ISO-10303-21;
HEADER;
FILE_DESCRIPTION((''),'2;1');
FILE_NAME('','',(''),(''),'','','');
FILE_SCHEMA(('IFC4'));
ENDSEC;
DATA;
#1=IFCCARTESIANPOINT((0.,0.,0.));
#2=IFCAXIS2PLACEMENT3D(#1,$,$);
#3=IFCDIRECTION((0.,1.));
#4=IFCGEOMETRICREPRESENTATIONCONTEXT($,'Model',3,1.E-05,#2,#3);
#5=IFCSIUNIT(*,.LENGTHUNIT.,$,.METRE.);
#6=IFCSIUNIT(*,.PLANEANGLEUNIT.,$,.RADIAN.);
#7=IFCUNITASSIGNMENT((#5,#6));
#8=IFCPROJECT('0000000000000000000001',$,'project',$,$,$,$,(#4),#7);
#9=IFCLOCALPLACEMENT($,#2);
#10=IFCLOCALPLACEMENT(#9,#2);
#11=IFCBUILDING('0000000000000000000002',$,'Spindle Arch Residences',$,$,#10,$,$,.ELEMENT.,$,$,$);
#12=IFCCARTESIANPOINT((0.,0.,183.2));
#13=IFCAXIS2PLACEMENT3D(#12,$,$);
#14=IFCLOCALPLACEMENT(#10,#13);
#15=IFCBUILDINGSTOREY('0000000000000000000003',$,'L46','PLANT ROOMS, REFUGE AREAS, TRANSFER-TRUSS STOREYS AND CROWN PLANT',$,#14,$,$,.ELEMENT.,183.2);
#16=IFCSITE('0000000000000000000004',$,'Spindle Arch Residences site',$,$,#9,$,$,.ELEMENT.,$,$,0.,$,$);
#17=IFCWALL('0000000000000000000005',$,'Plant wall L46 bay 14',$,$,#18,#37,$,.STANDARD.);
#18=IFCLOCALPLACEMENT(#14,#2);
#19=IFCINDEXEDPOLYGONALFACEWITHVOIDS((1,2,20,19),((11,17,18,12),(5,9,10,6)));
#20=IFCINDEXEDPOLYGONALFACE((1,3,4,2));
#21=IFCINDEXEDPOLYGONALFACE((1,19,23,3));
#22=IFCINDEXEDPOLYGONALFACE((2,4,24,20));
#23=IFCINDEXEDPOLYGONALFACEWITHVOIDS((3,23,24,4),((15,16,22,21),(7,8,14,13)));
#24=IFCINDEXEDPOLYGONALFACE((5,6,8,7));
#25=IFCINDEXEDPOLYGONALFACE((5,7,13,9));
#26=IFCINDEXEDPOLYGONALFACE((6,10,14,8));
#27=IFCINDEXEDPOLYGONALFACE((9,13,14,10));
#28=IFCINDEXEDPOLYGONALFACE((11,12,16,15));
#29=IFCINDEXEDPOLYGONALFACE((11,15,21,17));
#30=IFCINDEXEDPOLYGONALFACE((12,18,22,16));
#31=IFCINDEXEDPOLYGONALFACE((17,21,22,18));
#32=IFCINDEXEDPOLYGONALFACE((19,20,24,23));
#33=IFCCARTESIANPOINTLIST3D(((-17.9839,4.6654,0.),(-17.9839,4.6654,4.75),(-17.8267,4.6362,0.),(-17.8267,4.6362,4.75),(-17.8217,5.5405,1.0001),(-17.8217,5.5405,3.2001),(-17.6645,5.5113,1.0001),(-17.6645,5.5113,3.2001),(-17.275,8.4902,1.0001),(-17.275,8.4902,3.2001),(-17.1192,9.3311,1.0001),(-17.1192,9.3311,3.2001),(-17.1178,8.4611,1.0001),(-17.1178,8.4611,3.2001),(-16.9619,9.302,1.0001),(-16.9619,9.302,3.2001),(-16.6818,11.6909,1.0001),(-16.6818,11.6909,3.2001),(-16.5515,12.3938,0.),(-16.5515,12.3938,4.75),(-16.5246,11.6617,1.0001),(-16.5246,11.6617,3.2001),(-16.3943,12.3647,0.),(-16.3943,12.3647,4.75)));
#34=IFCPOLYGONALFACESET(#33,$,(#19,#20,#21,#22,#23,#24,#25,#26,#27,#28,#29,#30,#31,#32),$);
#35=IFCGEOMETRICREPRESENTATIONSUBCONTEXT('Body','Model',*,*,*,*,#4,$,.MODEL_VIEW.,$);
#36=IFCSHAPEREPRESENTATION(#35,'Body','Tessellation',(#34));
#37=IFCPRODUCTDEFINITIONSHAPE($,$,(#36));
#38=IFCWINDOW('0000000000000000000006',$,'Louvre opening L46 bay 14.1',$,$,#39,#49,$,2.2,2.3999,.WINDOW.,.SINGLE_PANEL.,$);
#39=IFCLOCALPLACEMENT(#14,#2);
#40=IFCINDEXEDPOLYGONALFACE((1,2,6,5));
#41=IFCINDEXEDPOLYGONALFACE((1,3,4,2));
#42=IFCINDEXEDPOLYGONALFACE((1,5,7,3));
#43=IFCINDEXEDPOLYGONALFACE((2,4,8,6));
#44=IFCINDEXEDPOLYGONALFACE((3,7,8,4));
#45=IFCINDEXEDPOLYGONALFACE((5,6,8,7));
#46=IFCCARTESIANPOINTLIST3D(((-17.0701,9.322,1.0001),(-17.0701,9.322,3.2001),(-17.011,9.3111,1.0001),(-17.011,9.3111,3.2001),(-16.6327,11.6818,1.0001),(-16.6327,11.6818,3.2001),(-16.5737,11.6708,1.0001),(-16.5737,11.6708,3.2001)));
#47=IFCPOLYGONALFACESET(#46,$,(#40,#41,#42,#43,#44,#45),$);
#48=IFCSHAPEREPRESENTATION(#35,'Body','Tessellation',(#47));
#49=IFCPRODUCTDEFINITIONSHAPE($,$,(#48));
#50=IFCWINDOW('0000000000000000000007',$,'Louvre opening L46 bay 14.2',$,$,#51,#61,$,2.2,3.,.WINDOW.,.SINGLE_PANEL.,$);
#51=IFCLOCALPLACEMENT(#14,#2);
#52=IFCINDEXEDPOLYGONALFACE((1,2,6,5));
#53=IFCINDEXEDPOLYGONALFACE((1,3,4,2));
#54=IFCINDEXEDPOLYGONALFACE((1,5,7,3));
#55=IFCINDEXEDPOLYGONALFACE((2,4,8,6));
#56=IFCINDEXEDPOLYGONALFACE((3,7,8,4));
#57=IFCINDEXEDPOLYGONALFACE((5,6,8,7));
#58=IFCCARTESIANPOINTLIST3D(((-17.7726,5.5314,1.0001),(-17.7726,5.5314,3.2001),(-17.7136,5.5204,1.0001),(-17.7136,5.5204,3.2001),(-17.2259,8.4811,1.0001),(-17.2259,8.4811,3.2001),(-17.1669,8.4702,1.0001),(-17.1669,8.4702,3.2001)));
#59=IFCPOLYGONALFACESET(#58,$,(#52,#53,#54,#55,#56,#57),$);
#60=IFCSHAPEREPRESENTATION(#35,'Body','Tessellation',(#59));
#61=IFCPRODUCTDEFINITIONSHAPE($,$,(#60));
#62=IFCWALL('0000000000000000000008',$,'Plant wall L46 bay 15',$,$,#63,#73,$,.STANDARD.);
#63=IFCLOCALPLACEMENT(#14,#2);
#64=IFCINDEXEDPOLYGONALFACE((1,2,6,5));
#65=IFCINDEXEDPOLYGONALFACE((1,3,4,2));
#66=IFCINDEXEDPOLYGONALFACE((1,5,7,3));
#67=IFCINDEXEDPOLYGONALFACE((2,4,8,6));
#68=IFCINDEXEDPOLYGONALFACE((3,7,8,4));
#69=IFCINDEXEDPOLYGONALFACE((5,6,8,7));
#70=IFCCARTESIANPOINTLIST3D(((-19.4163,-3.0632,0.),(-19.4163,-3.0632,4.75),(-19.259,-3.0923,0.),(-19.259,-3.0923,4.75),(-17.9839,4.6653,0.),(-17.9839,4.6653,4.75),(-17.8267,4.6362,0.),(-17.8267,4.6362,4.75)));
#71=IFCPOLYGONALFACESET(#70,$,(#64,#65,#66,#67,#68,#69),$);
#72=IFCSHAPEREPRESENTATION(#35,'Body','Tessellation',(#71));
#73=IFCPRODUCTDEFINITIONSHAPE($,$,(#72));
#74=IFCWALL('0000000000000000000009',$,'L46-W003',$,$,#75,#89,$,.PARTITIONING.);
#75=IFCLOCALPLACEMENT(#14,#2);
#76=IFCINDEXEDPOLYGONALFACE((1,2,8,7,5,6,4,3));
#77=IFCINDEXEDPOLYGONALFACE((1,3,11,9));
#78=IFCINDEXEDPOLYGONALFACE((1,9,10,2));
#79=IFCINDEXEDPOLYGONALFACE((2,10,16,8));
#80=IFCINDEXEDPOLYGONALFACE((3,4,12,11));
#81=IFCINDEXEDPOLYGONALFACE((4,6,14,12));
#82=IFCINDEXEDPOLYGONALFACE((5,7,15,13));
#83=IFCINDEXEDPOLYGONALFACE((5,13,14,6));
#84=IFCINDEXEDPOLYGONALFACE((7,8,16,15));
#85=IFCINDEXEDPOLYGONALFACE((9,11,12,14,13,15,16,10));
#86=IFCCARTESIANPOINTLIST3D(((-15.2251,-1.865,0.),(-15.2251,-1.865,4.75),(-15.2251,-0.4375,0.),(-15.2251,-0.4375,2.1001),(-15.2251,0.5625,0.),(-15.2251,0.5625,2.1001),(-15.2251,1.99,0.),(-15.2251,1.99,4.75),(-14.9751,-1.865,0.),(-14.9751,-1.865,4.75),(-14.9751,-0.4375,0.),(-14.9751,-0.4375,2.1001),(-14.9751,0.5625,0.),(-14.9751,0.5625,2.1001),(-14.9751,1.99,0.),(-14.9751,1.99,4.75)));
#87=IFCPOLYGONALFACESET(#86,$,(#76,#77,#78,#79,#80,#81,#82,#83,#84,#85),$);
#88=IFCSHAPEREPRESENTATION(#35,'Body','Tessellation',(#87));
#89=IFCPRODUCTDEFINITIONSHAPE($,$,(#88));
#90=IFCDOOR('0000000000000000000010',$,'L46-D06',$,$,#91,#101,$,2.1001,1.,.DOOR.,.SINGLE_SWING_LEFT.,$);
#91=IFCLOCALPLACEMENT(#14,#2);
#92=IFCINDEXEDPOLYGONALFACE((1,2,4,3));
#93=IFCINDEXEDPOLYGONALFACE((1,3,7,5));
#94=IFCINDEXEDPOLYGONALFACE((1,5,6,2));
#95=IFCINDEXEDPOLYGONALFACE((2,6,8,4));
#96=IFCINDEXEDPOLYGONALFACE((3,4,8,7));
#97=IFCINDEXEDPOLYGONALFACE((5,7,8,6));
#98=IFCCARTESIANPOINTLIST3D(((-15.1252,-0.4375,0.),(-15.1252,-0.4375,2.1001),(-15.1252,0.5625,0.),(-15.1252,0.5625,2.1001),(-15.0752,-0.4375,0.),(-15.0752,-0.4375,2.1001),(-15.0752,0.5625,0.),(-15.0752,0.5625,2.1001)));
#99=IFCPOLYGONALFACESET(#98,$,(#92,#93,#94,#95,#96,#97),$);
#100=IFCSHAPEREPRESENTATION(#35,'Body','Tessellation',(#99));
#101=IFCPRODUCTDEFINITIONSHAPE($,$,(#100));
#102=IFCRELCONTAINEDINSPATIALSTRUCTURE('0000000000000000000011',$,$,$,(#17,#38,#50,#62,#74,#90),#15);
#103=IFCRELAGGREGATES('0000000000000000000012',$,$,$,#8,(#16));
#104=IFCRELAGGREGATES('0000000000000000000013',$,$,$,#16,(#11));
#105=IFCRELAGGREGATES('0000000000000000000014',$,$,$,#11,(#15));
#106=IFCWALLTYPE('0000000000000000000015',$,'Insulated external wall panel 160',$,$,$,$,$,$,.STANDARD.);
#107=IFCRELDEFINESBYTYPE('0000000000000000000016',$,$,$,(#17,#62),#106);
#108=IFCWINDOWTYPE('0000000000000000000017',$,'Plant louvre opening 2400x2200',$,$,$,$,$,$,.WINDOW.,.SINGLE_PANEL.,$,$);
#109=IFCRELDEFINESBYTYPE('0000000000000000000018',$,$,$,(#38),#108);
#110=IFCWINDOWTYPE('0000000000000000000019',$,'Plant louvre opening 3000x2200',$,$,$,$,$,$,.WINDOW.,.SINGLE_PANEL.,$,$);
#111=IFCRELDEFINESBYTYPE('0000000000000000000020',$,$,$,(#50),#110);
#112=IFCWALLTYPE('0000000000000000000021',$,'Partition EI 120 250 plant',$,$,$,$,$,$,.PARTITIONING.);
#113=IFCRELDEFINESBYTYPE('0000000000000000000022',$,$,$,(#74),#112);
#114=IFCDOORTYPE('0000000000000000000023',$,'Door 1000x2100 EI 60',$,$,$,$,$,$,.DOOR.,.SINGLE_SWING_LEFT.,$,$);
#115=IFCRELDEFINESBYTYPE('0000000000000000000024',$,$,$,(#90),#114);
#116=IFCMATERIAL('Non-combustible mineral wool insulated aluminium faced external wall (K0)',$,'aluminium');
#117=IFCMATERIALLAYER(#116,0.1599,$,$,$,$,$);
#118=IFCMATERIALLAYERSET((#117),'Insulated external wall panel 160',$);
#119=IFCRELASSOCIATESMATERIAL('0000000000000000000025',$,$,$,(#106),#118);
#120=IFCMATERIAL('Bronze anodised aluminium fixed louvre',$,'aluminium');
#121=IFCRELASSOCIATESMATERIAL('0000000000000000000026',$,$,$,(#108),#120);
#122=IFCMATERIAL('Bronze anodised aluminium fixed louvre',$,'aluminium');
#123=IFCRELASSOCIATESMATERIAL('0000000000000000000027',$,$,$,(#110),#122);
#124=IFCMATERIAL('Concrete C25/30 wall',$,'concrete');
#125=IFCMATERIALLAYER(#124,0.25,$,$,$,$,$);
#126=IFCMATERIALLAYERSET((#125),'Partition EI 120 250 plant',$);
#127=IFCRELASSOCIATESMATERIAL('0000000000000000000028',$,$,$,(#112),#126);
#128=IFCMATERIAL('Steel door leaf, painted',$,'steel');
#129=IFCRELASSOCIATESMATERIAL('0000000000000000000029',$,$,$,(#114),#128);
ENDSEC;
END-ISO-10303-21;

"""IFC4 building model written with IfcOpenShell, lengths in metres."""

from ifc_helpers import new_model, si_unit, direction, frame, frame_2d, origin, place, context, subcontext, project, spatial, rectangle, extrude, material, layer, layer_set, type_object, element, fill, save


model = new_model("IFC4")

# Units and contexts
model_context = context("Model", 3, precision=1e-05, world=origin(), true_north=direction((0.0, 1.0)))
body_context = subcontext(model_context, "Body", "Model", "MODEL_VIEW")
ifc_project = project(units=[si_unit("LENGTHUNIT", "METRE"), si_unit("PLANEANGLEUNIT", "RADIAN")], contexts=[model_context])

# Site, building, storey
site_placement = place(None, origin())
site = spatial("IfcSite", under=ifc_project, at=site_placement, Name="Spindle Arch Residences site", CompositionType="ELEMENT", RefElevation=0.0)
building_placement = place(site_placement, origin())
building = spatial("IfcBuilding", under=site, at=building_placement, Name="Spindle Arch Residences", CompositionType="ELEMENT")
storey_placement = place(building_placement, frame((0.0, 0.0, 183.2)))
storey = spatial("IfcBuildingStorey", under=building, at=storey_placement, Name="L46", Description="PLANT ROOMS, REFUGE AREAS, TRANSFER-TRUSS STOREYS AND CROWN PLANT", CompositionType="ELEMENT", Elevation=183.2)

# Wall, openings, windows
ifc_material_1 = material(Name="Non-combustible mineral wool insulated aluminium faced external wall (K0)", Category="aluminium")
ifc_layer_1 = layer(ifc_material_1, 0.1599)
ifc_layer_set_1 = layer_set([ifc_layer_1], Name="Insulated external wall panel 160")
wall_type_1 = type_object("IfcWallType", Name="Insulated external wall panel 160", PredefinedType="STANDARD", material=ifc_layer_set_1)
wall_1_placement = place(storey_placement, frame((-16.4729, 12.3794, 0.0), z_axis=(0.0, 0.0, 1.0), x_axis=(-0.182233, -0.983255, 0.0)))
wall_1 = element("IfcWall", 1, at=wall_1_placement, inside=storey, type_object=wall_type_1, Name="Plant wall L46 bay 14", PredefinedType="STANDARD", context=body_context, shape_type="SweptSolid", body=[
    extrude(rectangle(XDim=7.8601, YDim=0.1599, at=frame_2d((3.9302, 0.0))), origin(), (0.0, 0.0, 1.0), 4.75),
])
opening_1_placement = place(wall_1_placement, frame((0.7151, 0.0, 1.0)))
opening_1 = element("IfcOpeningElement", 2, at=opening_1_placement, cuts=wall_1, PredefinedType="OPENING", context=body_context, shape_type="SweptSolid", body=[
    extrude(rectangle(XDim=2.3999, YDim=2.2, at=frame_2d((1.2, 1.1001))), frame((0.0, 0.0898, 0.0), z_axis=(0.0, -1.0, 0.0), x_axis=(1.0, 0.0, 0.0)), (0.0, 0.0, 1.0), 0.1799),
])
opening_2_placement = place(wall_1_placement, frame((3.9702, 0.0, 1.0)))
opening_2 = element("IfcOpeningElement", 3, at=opening_2_placement, cuts=wall_1, PredefinedType="OPENING", context=body_context, shape_type="SweptSolid", body=[
    extrude(rectangle(XDim=3.0, YDim=2.2, at=frame_2d((1.5, 1.1001))), frame((0.0, 0.0898, 0.0), z_axis=(0.0, -1.0, 0.0), x_axis=(1.0, 0.0, 0.0)), (0.0, 0.0, 1.0), 0.1799),
])
ifc_material_2 = material(Name="Bronze anodised aluminium fixed louvre", Category="aluminium")
window_type_1 = type_object("IfcWindowType", Name="Plant louvre opening 2400x2200", PartitioningType="SINGLE_PANEL", PredefinedType="WINDOW", material=ifc_material_2)
window_1_placement = place(opening_1_placement, origin())
window_1 = element("IfcWindow", 4, at=window_1_placement, inside=storey, type_object=window_type_1, Name="Louvre opening L46 bay 14.1", OverallHeight=2.2, OverallWidth=2.3999, PartitioningType="SINGLE_PANEL", PredefinedType="WINDOW", context=body_context, shape_type="SweptSolid", body=[
    extrude(rectangle(XDim=2.3999, YDim=2.2, at=frame_2d((1.2, 1.1001))), frame((0.0, 0.03, 0.0), z_axis=(0.0, -1.0, 0.0), x_axis=(1.0, 0.0, 0.0)), (0.0, 0.0, 1.0), 0.0601),
])
fill(opening_1, window_1)
ifc_material_3 = material(Name="Bronze anodised aluminium fixed louvre", Category="aluminium")
window_type_2 = type_object("IfcWindowType", Name="Plant louvre opening 3000x2200", PartitioningType="SINGLE_PANEL", PredefinedType="WINDOW", material=ifc_material_3)
window_2_placement = place(opening_2_placement, origin())
window_2 = element("IfcWindow", 5, at=window_2_placement, inside=storey, type_object=window_type_2, Name="Louvre opening L46 bay 14.2", OverallHeight=2.2, OverallWidth=3.0, PartitioningType="SINGLE_PANEL", PredefinedType="WINDOW", context=body_context, shape_type="SweptSolid", body=[
    extrude(rectangle(XDim=3.0, YDim=2.2, at=frame_2d((1.5, 1.1001))), frame((0.0, 0.03, 0.0), z_axis=(0.0, -1.0, 0.0), x_axis=(1.0, 0.0, 0.0)), (0.0, 0.0, 1.0), 0.0601),
])
fill(opening_2, window_2)

# Wall
wall_2_placement = place(storey_placement, frame((-17.9053, 4.6509, 0.0), z_axis=(0.0, 0.0, 1.0), x_axis=(-0.182233, -0.983255, 0.0)))
element("IfcWall", 6, at=wall_2_placement, inside=storey, type_object=wall_type_1, Name="Plant wall L46 bay 15", PredefinedType="STANDARD", context=body_context, shape_type="SweptSolid", body=[
    extrude(rectangle(XDim=7.8601, YDim=0.1599, at=frame_2d((3.9302, 0.0))), origin(), (0.0, 0.0, 1.0), 4.75),
])

# Wall, opening, door
ifc_material_4 = material(Name="Concrete C25/30 wall", Category="concrete")
ifc_layer_2 = layer(ifc_material_4, 0.25)
ifc_layer_set_2 = layer_set([ifc_layer_2], Name="Partition EI 120 250 plant")
wall_type_2 = type_object("IfcWallType", Name="Partition EI 120 250 plant", PredefinedType="PARTITIONING", material=ifc_layer_set_2)
wall_3_placement = place(storey_placement, frame((-15.1001, 1.99, 0.0), z_axis=(0.0, 0.0, 1.0), x_axis=(0.0, -1.0, 0.0)))
wall_3 = element("IfcWall", 7, at=wall_3_placement, inside=storey, type_object=wall_type_2, Name="L46-W003", PredefinedType="PARTITIONING", context=body_context, shape_type="SweptSolid", body=[
    extrude(rectangle(XDim=3.855, YDim=0.25, at=frame_2d((1.9275, 0.0))), origin(), (0.0, 0.0, 1.0), 4.75),
])
opening_3_placement = place(wall_3_placement, frame((1.4275, 0.0, 0.0)))
opening_3 = element("IfcOpeningElement", 8, at=opening_3_placement, cuts=wall_3, PredefinedType="OPENING", context=body_context, shape_type="SweptSolid", body=[
    extrude(rectangle(XDim=1.0, YDim=2.1001, at=frame_2d((0.5, 1.05))), frame((0.0, 0.135, 0.0), z_axis=(0.0, -1.0, 0.0), x_axis=(1.0, 0.0, 0.0)), (0.0, 0.0, 1.0), 0.27),
])
ifc_material_5 = material(Name="Steel door leaf, painted", Category="steel")
door_type = type_object("IfcDoorType", Name="Door 1000x2100 EI 60", OperationType="SINGLE_SWING_LEFT", PredefinedType="DOOR", material=ifc_material_5)
door_placement = place(opening_3_placement, origin())
door = element("IfcDoor", 9, at=door_placement, inside=storey, type_object=door_type, Name="L46-D06", OperationType="SINGLE_SWING_LEFT", OverallHeight=2.1001, OverallWidth=1.0, PredefinedType="DOOR", context=body_context, shape_type="SweptSolid", body=[
    extrude(rectangle(XDim=1.0, YDim=2.1001, at=frame_2d((0.5, 1.05))), frame((0.0, 0.0249, 0.0), z_axis=(0.0, -1.0, 0.0), x_axis=(1.0, 0.0, 0.0)), (0.0, 0.0, 1.0), 0.05),
])
fill(opening_3, door)

save(model, "model.ifc")
